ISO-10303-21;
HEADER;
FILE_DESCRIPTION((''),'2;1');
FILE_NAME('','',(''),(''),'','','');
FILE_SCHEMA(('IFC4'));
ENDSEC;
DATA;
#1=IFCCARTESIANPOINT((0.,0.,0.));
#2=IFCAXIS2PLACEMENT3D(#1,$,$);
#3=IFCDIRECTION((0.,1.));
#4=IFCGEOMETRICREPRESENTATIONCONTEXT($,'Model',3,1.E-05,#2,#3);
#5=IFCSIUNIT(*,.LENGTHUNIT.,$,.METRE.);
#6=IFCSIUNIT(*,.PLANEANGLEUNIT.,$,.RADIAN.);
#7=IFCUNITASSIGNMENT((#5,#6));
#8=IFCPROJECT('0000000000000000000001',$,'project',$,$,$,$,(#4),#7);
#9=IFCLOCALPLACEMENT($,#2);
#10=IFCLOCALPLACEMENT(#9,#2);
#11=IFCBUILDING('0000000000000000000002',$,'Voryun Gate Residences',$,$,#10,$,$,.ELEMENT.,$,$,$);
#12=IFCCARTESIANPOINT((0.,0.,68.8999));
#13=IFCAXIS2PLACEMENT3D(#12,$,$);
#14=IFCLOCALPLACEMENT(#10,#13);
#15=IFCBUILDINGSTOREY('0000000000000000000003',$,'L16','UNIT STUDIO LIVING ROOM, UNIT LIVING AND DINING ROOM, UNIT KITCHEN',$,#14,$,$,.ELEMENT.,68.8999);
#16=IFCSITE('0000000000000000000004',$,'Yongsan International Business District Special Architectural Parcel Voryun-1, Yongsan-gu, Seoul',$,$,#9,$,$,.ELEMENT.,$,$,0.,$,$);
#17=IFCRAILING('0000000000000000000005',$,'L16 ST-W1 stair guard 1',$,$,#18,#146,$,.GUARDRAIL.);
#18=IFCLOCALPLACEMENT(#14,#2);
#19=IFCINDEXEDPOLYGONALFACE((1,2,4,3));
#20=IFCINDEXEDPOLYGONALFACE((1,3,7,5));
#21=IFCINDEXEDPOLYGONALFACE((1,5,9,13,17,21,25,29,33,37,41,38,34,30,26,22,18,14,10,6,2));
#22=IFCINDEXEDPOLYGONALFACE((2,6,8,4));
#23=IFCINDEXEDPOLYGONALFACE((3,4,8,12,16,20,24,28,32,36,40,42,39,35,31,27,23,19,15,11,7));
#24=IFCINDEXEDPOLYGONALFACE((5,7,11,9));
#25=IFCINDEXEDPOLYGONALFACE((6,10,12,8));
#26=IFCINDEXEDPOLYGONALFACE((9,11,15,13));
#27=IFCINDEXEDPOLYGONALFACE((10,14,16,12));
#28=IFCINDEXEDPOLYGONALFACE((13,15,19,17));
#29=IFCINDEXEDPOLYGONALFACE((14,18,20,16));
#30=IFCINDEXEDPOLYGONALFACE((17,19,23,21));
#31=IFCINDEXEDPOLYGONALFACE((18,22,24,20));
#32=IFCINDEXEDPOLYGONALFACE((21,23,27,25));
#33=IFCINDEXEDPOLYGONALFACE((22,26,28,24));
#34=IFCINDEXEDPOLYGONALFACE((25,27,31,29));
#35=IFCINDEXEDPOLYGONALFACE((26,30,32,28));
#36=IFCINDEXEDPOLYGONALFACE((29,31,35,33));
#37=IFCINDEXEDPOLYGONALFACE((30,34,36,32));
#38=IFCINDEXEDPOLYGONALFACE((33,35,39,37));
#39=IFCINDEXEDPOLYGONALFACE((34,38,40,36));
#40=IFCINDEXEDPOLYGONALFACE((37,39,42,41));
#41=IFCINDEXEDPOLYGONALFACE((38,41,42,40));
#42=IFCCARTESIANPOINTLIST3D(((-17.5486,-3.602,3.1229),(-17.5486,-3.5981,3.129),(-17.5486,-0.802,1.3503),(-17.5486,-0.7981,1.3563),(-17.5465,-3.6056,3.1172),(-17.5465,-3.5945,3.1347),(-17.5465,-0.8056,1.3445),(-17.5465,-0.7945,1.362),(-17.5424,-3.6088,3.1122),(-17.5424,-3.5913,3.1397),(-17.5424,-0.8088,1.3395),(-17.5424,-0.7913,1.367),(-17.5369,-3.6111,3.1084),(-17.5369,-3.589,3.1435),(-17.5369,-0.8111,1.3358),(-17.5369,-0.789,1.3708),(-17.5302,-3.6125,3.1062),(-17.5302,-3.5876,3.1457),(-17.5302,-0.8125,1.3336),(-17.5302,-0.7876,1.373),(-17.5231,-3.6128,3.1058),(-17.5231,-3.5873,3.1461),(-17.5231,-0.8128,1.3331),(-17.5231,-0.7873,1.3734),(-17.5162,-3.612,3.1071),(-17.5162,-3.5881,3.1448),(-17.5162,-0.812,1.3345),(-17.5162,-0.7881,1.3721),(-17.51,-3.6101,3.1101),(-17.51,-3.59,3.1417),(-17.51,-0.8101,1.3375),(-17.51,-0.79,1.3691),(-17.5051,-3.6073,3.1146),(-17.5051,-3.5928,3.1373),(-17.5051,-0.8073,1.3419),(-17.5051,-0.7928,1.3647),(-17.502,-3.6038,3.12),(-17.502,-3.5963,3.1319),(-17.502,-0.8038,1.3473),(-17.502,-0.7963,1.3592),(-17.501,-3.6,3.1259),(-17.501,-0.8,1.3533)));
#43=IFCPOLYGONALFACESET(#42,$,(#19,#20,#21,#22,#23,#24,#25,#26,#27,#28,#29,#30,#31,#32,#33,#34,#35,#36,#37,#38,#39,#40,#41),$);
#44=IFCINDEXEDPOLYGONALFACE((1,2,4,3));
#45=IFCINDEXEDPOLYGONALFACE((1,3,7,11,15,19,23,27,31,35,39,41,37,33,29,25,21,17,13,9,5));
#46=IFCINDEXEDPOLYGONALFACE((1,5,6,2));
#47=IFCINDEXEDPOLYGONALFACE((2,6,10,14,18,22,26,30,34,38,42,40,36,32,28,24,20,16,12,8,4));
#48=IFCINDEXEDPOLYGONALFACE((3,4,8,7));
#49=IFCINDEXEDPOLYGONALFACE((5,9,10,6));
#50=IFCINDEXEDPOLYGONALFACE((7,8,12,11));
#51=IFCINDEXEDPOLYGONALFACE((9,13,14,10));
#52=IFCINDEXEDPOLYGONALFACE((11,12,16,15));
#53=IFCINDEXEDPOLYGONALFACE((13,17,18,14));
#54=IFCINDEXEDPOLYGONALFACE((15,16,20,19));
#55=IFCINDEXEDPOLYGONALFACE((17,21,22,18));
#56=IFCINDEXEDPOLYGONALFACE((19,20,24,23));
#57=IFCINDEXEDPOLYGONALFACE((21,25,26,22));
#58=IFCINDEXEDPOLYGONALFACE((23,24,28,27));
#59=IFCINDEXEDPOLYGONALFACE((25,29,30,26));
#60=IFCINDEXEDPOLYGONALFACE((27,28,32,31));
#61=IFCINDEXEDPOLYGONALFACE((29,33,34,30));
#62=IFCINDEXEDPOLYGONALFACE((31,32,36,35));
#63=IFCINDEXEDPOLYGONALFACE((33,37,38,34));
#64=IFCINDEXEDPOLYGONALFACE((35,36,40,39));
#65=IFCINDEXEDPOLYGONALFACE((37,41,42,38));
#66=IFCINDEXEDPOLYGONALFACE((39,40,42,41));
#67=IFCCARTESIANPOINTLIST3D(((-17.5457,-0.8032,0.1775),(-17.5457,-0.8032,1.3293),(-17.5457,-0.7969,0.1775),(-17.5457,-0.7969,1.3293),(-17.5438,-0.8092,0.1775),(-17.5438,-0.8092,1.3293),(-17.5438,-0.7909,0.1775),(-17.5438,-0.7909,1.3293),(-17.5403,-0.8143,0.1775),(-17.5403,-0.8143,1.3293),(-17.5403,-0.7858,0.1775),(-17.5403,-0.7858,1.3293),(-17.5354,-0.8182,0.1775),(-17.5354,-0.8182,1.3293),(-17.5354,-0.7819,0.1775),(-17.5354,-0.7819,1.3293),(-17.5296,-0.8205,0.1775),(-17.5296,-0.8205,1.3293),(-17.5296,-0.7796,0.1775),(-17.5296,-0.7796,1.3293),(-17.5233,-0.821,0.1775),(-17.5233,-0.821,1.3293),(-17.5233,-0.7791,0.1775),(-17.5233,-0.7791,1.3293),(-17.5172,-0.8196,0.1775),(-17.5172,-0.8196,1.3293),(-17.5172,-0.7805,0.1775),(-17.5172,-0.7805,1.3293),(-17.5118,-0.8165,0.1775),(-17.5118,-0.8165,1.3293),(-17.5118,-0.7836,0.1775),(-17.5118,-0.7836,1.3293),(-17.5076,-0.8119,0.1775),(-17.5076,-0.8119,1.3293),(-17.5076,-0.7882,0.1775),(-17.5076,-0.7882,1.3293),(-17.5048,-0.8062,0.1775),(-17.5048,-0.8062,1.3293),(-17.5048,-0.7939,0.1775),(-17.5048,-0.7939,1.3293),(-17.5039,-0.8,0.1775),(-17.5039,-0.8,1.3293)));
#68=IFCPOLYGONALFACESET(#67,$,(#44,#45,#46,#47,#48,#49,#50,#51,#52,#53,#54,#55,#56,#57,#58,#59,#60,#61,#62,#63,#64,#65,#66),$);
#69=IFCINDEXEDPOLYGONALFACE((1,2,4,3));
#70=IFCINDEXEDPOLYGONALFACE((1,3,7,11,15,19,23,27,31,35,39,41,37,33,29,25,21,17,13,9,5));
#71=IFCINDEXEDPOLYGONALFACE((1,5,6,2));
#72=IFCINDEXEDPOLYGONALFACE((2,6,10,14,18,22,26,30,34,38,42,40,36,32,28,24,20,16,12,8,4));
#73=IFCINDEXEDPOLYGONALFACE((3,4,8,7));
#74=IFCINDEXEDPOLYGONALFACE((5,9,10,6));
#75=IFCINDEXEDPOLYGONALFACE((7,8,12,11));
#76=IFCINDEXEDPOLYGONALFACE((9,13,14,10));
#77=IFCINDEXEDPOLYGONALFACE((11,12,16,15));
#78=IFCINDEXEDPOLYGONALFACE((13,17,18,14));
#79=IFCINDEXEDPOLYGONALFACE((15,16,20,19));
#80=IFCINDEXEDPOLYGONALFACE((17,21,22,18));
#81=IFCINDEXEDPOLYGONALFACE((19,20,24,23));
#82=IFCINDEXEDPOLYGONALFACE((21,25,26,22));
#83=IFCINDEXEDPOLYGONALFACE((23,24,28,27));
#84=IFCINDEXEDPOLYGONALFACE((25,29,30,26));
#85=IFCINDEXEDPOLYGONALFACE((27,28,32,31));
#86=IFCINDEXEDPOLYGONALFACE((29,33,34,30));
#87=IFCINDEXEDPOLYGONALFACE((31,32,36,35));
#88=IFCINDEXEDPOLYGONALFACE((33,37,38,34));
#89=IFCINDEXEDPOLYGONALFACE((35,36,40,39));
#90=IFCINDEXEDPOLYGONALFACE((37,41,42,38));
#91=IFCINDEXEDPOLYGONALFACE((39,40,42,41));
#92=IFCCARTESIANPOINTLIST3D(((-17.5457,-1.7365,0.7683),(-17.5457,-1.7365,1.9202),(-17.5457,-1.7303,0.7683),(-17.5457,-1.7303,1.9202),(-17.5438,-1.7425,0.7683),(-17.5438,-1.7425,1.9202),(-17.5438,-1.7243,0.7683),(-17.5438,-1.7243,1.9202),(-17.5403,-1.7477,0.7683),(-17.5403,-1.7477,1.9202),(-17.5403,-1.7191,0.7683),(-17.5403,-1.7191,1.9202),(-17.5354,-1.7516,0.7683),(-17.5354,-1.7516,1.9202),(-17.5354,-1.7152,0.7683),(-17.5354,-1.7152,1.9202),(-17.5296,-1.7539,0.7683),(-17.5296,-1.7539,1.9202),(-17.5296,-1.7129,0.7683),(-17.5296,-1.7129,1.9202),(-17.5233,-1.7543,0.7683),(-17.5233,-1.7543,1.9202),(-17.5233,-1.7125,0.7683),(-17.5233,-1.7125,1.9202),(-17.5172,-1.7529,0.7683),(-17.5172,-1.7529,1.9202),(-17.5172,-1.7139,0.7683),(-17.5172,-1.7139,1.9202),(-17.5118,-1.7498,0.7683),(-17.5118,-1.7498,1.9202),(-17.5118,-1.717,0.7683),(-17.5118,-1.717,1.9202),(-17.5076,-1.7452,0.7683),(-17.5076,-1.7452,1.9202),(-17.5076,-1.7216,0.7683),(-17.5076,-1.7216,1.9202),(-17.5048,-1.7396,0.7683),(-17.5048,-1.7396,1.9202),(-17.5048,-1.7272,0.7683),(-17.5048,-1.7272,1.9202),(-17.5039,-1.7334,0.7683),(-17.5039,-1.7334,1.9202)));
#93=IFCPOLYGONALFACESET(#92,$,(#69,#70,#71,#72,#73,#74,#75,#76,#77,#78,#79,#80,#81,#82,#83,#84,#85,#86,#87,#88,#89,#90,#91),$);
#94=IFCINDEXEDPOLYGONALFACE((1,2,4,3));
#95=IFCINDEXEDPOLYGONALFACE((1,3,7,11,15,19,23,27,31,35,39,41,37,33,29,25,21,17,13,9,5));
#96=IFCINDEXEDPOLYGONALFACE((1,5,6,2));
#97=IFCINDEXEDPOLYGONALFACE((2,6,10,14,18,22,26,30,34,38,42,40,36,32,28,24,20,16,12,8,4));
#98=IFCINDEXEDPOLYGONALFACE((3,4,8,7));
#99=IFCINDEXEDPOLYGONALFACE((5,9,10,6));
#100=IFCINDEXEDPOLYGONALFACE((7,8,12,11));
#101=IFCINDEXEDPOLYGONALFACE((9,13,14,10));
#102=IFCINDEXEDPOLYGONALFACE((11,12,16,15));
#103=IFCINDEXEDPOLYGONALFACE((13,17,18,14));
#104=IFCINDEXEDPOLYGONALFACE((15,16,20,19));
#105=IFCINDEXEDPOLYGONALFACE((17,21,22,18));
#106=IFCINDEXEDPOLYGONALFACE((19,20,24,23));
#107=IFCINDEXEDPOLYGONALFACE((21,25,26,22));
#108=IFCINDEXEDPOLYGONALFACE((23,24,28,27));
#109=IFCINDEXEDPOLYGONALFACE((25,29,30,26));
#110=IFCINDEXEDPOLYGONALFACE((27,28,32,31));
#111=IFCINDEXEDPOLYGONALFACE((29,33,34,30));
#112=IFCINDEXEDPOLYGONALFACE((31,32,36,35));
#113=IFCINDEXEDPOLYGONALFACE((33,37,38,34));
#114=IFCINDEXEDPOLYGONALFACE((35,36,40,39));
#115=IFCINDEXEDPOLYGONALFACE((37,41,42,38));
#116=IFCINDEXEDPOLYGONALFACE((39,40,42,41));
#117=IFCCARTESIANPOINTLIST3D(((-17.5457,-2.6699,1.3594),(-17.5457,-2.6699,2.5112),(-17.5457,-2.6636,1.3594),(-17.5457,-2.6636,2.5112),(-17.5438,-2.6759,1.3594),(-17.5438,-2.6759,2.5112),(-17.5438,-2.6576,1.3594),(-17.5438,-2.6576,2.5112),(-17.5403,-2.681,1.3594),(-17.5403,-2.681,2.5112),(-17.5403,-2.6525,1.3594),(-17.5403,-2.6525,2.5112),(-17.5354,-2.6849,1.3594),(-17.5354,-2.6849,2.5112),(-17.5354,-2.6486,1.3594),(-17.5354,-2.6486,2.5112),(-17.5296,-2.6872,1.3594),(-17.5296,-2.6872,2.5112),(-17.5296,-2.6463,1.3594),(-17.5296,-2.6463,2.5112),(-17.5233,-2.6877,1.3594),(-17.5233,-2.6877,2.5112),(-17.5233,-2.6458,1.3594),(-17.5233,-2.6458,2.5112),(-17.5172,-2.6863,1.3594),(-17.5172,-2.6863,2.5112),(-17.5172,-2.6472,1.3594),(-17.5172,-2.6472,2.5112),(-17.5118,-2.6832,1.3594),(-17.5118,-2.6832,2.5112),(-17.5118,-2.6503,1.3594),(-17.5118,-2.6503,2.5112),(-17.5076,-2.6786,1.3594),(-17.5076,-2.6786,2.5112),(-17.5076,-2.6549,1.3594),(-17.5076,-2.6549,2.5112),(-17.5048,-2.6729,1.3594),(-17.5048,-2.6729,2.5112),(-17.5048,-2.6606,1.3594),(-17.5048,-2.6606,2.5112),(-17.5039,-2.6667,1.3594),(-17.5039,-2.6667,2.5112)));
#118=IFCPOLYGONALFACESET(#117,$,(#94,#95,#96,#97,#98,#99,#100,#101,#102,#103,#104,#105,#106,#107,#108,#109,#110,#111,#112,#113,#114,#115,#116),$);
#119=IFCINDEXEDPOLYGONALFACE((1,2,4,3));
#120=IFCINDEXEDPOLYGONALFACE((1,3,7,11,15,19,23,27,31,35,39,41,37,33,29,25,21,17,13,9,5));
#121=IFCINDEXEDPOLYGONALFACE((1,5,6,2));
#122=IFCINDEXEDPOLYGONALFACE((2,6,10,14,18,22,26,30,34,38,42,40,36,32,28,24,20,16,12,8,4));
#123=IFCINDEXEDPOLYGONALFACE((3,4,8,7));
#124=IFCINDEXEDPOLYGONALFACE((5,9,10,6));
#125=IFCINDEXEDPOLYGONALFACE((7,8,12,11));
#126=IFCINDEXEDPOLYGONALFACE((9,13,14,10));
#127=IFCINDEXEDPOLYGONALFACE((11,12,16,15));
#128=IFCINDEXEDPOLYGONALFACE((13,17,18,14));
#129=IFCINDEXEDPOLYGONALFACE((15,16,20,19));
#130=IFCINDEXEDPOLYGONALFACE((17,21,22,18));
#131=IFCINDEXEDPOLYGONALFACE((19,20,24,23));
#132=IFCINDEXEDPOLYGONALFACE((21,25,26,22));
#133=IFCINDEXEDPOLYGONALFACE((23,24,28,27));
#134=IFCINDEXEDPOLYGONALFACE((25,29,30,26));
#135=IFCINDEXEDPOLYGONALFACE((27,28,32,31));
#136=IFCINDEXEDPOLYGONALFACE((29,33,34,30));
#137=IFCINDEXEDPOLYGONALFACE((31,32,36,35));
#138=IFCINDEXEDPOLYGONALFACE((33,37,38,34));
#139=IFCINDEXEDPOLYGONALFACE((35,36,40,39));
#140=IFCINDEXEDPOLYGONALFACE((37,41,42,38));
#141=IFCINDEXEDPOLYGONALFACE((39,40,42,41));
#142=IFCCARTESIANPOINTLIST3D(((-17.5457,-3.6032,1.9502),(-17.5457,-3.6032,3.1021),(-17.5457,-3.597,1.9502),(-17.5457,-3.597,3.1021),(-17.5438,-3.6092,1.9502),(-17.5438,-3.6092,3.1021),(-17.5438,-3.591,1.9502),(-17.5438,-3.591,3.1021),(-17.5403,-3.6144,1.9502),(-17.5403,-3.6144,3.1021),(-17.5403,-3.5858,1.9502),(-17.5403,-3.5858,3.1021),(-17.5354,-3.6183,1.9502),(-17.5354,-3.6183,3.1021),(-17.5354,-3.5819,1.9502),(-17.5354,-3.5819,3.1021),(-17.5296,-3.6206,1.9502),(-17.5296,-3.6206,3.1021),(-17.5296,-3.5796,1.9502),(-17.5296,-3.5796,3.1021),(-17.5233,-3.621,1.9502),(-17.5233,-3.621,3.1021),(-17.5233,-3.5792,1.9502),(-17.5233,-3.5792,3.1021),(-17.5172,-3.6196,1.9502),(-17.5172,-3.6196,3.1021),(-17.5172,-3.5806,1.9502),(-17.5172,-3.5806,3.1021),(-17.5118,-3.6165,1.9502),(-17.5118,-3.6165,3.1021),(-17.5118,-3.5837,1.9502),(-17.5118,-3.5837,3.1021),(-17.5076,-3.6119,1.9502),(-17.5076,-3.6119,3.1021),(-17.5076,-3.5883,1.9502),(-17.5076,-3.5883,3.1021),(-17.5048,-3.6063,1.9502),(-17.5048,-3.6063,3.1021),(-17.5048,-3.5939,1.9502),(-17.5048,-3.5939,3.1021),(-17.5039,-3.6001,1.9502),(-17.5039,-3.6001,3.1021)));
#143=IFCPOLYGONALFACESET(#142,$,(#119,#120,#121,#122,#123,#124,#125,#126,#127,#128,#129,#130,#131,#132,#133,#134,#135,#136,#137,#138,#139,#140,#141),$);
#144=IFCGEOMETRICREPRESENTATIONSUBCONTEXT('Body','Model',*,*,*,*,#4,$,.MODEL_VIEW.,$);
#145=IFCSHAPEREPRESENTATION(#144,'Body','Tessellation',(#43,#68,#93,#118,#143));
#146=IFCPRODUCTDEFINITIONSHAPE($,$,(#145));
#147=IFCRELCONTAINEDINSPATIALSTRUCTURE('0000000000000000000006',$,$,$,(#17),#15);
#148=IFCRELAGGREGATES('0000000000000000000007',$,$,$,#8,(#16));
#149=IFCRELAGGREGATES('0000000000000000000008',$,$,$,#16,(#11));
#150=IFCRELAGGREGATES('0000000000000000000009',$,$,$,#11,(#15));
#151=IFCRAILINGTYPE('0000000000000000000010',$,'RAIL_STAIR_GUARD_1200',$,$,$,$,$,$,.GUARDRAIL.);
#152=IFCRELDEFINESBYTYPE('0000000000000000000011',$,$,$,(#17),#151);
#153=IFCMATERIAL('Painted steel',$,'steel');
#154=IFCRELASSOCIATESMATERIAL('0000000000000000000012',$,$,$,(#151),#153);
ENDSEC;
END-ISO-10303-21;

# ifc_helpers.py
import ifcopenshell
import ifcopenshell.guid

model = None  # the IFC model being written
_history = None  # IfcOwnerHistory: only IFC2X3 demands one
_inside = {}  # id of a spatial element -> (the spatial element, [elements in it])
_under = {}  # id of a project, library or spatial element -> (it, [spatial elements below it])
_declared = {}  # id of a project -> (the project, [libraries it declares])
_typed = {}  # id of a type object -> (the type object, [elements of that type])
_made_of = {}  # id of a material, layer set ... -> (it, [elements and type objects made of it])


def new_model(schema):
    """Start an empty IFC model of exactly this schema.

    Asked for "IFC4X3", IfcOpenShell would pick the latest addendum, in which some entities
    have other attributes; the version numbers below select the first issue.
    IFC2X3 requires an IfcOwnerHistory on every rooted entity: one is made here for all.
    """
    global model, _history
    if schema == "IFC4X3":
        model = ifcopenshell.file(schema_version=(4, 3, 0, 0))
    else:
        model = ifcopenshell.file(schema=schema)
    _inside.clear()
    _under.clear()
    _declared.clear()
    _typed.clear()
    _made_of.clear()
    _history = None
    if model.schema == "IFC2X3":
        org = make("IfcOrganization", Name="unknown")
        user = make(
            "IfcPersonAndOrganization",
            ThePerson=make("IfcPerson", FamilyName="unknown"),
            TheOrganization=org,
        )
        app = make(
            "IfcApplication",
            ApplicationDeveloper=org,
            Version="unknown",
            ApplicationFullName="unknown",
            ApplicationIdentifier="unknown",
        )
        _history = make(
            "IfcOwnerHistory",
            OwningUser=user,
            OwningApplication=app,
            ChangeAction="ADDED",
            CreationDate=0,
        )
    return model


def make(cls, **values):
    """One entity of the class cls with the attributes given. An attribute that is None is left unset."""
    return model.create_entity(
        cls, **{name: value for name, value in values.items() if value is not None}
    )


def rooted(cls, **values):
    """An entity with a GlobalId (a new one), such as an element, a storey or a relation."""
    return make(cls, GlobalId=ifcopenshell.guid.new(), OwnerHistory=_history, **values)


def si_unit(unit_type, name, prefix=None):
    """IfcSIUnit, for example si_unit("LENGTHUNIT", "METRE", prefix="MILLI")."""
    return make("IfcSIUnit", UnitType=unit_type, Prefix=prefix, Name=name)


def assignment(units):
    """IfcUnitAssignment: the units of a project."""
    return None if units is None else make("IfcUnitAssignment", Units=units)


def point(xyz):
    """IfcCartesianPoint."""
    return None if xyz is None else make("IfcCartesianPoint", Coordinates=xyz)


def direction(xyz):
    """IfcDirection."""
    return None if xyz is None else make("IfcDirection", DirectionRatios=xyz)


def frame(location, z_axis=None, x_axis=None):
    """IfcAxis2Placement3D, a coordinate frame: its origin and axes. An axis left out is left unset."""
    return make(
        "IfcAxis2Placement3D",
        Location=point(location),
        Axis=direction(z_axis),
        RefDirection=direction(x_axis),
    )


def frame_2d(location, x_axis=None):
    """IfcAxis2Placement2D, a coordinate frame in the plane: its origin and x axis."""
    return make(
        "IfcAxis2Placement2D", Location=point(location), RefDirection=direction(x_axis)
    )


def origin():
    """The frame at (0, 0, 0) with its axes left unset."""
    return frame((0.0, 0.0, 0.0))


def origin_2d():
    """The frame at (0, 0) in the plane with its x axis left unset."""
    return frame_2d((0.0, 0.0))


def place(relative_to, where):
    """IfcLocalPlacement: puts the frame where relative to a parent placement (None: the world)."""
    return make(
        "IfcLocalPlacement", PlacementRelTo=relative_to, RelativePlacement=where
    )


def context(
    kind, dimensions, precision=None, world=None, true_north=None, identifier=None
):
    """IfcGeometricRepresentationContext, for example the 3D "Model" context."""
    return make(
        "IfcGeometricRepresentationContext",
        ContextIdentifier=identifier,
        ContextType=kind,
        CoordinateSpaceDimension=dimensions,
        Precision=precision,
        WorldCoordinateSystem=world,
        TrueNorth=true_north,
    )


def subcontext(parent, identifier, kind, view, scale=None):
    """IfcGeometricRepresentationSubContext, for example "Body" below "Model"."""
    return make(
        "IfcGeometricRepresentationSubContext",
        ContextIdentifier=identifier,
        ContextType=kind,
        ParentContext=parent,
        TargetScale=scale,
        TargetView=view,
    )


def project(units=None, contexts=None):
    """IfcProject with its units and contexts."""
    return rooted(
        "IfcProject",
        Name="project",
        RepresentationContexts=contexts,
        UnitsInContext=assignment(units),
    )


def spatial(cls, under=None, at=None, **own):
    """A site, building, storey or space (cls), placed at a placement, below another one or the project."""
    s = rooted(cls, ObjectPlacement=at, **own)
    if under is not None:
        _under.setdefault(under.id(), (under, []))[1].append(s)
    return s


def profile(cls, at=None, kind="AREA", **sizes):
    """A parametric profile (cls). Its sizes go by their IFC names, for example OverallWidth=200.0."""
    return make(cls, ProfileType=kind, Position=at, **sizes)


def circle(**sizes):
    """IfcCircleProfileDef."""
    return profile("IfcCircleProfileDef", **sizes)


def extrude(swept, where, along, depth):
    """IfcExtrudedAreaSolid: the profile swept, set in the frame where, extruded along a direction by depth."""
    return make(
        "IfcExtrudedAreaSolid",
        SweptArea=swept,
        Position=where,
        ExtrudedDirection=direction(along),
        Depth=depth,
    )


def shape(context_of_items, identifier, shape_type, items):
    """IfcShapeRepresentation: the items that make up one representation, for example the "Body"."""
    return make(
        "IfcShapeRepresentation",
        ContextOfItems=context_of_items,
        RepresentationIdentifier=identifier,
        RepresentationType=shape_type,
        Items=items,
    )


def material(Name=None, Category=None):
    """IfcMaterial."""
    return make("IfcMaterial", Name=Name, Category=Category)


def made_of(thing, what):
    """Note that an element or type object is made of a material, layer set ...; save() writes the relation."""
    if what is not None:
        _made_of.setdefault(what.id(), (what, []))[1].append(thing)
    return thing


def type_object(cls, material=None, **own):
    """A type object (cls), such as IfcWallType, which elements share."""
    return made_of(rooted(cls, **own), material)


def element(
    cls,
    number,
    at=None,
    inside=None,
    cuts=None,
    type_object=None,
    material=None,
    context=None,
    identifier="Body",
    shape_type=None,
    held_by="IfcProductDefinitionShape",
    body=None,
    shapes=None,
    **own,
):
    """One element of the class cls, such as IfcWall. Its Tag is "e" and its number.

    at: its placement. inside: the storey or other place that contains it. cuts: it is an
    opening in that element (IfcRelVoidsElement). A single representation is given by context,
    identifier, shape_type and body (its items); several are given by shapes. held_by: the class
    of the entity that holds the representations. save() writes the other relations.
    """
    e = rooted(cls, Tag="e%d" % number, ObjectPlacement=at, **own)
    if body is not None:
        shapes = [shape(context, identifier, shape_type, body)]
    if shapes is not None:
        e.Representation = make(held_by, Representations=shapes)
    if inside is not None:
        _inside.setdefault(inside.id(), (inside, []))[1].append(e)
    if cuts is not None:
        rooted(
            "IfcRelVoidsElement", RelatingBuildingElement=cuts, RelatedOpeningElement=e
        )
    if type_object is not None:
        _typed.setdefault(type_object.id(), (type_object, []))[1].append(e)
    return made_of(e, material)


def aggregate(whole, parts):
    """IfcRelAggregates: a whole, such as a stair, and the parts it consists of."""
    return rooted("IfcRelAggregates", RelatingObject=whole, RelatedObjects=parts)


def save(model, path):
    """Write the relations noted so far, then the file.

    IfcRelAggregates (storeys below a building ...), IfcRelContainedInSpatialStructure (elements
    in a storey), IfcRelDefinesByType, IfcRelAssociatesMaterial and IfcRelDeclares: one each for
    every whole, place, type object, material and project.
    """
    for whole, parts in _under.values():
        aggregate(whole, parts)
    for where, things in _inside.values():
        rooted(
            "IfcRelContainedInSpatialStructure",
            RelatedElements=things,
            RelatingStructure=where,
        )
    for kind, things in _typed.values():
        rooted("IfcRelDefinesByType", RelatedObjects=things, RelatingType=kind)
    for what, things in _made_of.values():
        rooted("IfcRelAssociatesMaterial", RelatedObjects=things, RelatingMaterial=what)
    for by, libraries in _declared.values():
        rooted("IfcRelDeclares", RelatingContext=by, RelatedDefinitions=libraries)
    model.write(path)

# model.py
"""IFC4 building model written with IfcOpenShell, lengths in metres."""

from ifc_helpers import new_model, si_unit, direction, frame, origin, origin_2d, place, context, subcontext, project, spatial, circle, extrude, material, type_object, element, save


model = new_model("IFC4")

# Units and contexts
model_context = context("Model", 3, precision=1e-05, world=origin(), true_north=direction((0.0, 1.0)))
body_context = subcontext(model_context, "Body", "Model", "MODEL_VIEW")
ifc_project = project(units=[si_unit("LENGTHUNIT", "METRE"), si_unit("PLANEANGLEUNIT", "RADIAN")], contexts=[model_context])

# Site, building, storey
site_placement = place(None, origin())
site = spatial("IfcSite", under=ifc_project, at=site_placement, Name="Yongsan International Business District Special Architectural Parcel Voryun-1, Yongsan-gu, Seoul", CompositionType="ELEMENT", RefElevation=0.0)
building_placement = place(site_placement, origin())
building = spatial("IfcBuilding", under=site, at=building_placement, Name="Voryun Gate Residences", CompositionType="ELEMENT")
storey_placement = place(building_placement, frame((0.0, 0.0, 68.8999)))
storey = spatial("IfcBuildingStorey", under=building, at=storey_placement, Name="L16", Description="UNIT STUDIO LIVING ROOM, UNIT LIVING AND DINING ROOM, UNIT KITCHEN", CompositionType="ELEMENT", Elevation=68.8999)

# Railing
ifc_material_1 = material(Name="Painted steel", Category="steel")
railing_type = type_object("IfcRailingType", Name="RAIL_STAIR_GUARD_1200", PredefinedType="GUARDRAIL", material=ifc_material_1)
railing_1_placement = place(storey_placement, frame((-17.5249, -0.8, 0.1775)))
element("IfcRailing", 1, at=railing_1_placement, inside=storey, type_object=railing_type, Name="L16 ST-W1 stair guard 1", PredefinedType="GUARDRAIL", context=body_context, shape_type="SweptSolid", body=[
    extrude(circle(Radius=0.0239, at=origin_2d()), frame((0.0, 0.0, 1.1758), z_axis=(0.0, -0.844909, 0.53491), x_axis=(1.0, 0.0, 0.0)), (0.0, 0.0, 1.0), 3.314),
    extrude(circle(Radius=0.021, at=origin_2d()), origin(), (0.0, 0.0, 1.0), 1.1519),
    extrude(circle(Radius=0.021, at=origin_2d()), frame((0.0, -0.9333, 0.5908)), (0.0, 0.0, 1.0), 1.1519),
    extrude(circle(Radius=0.021, at=origin_2d()), frame((0.0, -1.8667, 1.1819)), (0.0, 0.0, 1.0), 1.1519),
    extrude(circle(Radius=0.021, at=origin_2d()), frame((0.0, -2.8, 1.7727)), (0.0, 0.0, 1.0), 1.1519),
])

save(model, "model.ifc")
